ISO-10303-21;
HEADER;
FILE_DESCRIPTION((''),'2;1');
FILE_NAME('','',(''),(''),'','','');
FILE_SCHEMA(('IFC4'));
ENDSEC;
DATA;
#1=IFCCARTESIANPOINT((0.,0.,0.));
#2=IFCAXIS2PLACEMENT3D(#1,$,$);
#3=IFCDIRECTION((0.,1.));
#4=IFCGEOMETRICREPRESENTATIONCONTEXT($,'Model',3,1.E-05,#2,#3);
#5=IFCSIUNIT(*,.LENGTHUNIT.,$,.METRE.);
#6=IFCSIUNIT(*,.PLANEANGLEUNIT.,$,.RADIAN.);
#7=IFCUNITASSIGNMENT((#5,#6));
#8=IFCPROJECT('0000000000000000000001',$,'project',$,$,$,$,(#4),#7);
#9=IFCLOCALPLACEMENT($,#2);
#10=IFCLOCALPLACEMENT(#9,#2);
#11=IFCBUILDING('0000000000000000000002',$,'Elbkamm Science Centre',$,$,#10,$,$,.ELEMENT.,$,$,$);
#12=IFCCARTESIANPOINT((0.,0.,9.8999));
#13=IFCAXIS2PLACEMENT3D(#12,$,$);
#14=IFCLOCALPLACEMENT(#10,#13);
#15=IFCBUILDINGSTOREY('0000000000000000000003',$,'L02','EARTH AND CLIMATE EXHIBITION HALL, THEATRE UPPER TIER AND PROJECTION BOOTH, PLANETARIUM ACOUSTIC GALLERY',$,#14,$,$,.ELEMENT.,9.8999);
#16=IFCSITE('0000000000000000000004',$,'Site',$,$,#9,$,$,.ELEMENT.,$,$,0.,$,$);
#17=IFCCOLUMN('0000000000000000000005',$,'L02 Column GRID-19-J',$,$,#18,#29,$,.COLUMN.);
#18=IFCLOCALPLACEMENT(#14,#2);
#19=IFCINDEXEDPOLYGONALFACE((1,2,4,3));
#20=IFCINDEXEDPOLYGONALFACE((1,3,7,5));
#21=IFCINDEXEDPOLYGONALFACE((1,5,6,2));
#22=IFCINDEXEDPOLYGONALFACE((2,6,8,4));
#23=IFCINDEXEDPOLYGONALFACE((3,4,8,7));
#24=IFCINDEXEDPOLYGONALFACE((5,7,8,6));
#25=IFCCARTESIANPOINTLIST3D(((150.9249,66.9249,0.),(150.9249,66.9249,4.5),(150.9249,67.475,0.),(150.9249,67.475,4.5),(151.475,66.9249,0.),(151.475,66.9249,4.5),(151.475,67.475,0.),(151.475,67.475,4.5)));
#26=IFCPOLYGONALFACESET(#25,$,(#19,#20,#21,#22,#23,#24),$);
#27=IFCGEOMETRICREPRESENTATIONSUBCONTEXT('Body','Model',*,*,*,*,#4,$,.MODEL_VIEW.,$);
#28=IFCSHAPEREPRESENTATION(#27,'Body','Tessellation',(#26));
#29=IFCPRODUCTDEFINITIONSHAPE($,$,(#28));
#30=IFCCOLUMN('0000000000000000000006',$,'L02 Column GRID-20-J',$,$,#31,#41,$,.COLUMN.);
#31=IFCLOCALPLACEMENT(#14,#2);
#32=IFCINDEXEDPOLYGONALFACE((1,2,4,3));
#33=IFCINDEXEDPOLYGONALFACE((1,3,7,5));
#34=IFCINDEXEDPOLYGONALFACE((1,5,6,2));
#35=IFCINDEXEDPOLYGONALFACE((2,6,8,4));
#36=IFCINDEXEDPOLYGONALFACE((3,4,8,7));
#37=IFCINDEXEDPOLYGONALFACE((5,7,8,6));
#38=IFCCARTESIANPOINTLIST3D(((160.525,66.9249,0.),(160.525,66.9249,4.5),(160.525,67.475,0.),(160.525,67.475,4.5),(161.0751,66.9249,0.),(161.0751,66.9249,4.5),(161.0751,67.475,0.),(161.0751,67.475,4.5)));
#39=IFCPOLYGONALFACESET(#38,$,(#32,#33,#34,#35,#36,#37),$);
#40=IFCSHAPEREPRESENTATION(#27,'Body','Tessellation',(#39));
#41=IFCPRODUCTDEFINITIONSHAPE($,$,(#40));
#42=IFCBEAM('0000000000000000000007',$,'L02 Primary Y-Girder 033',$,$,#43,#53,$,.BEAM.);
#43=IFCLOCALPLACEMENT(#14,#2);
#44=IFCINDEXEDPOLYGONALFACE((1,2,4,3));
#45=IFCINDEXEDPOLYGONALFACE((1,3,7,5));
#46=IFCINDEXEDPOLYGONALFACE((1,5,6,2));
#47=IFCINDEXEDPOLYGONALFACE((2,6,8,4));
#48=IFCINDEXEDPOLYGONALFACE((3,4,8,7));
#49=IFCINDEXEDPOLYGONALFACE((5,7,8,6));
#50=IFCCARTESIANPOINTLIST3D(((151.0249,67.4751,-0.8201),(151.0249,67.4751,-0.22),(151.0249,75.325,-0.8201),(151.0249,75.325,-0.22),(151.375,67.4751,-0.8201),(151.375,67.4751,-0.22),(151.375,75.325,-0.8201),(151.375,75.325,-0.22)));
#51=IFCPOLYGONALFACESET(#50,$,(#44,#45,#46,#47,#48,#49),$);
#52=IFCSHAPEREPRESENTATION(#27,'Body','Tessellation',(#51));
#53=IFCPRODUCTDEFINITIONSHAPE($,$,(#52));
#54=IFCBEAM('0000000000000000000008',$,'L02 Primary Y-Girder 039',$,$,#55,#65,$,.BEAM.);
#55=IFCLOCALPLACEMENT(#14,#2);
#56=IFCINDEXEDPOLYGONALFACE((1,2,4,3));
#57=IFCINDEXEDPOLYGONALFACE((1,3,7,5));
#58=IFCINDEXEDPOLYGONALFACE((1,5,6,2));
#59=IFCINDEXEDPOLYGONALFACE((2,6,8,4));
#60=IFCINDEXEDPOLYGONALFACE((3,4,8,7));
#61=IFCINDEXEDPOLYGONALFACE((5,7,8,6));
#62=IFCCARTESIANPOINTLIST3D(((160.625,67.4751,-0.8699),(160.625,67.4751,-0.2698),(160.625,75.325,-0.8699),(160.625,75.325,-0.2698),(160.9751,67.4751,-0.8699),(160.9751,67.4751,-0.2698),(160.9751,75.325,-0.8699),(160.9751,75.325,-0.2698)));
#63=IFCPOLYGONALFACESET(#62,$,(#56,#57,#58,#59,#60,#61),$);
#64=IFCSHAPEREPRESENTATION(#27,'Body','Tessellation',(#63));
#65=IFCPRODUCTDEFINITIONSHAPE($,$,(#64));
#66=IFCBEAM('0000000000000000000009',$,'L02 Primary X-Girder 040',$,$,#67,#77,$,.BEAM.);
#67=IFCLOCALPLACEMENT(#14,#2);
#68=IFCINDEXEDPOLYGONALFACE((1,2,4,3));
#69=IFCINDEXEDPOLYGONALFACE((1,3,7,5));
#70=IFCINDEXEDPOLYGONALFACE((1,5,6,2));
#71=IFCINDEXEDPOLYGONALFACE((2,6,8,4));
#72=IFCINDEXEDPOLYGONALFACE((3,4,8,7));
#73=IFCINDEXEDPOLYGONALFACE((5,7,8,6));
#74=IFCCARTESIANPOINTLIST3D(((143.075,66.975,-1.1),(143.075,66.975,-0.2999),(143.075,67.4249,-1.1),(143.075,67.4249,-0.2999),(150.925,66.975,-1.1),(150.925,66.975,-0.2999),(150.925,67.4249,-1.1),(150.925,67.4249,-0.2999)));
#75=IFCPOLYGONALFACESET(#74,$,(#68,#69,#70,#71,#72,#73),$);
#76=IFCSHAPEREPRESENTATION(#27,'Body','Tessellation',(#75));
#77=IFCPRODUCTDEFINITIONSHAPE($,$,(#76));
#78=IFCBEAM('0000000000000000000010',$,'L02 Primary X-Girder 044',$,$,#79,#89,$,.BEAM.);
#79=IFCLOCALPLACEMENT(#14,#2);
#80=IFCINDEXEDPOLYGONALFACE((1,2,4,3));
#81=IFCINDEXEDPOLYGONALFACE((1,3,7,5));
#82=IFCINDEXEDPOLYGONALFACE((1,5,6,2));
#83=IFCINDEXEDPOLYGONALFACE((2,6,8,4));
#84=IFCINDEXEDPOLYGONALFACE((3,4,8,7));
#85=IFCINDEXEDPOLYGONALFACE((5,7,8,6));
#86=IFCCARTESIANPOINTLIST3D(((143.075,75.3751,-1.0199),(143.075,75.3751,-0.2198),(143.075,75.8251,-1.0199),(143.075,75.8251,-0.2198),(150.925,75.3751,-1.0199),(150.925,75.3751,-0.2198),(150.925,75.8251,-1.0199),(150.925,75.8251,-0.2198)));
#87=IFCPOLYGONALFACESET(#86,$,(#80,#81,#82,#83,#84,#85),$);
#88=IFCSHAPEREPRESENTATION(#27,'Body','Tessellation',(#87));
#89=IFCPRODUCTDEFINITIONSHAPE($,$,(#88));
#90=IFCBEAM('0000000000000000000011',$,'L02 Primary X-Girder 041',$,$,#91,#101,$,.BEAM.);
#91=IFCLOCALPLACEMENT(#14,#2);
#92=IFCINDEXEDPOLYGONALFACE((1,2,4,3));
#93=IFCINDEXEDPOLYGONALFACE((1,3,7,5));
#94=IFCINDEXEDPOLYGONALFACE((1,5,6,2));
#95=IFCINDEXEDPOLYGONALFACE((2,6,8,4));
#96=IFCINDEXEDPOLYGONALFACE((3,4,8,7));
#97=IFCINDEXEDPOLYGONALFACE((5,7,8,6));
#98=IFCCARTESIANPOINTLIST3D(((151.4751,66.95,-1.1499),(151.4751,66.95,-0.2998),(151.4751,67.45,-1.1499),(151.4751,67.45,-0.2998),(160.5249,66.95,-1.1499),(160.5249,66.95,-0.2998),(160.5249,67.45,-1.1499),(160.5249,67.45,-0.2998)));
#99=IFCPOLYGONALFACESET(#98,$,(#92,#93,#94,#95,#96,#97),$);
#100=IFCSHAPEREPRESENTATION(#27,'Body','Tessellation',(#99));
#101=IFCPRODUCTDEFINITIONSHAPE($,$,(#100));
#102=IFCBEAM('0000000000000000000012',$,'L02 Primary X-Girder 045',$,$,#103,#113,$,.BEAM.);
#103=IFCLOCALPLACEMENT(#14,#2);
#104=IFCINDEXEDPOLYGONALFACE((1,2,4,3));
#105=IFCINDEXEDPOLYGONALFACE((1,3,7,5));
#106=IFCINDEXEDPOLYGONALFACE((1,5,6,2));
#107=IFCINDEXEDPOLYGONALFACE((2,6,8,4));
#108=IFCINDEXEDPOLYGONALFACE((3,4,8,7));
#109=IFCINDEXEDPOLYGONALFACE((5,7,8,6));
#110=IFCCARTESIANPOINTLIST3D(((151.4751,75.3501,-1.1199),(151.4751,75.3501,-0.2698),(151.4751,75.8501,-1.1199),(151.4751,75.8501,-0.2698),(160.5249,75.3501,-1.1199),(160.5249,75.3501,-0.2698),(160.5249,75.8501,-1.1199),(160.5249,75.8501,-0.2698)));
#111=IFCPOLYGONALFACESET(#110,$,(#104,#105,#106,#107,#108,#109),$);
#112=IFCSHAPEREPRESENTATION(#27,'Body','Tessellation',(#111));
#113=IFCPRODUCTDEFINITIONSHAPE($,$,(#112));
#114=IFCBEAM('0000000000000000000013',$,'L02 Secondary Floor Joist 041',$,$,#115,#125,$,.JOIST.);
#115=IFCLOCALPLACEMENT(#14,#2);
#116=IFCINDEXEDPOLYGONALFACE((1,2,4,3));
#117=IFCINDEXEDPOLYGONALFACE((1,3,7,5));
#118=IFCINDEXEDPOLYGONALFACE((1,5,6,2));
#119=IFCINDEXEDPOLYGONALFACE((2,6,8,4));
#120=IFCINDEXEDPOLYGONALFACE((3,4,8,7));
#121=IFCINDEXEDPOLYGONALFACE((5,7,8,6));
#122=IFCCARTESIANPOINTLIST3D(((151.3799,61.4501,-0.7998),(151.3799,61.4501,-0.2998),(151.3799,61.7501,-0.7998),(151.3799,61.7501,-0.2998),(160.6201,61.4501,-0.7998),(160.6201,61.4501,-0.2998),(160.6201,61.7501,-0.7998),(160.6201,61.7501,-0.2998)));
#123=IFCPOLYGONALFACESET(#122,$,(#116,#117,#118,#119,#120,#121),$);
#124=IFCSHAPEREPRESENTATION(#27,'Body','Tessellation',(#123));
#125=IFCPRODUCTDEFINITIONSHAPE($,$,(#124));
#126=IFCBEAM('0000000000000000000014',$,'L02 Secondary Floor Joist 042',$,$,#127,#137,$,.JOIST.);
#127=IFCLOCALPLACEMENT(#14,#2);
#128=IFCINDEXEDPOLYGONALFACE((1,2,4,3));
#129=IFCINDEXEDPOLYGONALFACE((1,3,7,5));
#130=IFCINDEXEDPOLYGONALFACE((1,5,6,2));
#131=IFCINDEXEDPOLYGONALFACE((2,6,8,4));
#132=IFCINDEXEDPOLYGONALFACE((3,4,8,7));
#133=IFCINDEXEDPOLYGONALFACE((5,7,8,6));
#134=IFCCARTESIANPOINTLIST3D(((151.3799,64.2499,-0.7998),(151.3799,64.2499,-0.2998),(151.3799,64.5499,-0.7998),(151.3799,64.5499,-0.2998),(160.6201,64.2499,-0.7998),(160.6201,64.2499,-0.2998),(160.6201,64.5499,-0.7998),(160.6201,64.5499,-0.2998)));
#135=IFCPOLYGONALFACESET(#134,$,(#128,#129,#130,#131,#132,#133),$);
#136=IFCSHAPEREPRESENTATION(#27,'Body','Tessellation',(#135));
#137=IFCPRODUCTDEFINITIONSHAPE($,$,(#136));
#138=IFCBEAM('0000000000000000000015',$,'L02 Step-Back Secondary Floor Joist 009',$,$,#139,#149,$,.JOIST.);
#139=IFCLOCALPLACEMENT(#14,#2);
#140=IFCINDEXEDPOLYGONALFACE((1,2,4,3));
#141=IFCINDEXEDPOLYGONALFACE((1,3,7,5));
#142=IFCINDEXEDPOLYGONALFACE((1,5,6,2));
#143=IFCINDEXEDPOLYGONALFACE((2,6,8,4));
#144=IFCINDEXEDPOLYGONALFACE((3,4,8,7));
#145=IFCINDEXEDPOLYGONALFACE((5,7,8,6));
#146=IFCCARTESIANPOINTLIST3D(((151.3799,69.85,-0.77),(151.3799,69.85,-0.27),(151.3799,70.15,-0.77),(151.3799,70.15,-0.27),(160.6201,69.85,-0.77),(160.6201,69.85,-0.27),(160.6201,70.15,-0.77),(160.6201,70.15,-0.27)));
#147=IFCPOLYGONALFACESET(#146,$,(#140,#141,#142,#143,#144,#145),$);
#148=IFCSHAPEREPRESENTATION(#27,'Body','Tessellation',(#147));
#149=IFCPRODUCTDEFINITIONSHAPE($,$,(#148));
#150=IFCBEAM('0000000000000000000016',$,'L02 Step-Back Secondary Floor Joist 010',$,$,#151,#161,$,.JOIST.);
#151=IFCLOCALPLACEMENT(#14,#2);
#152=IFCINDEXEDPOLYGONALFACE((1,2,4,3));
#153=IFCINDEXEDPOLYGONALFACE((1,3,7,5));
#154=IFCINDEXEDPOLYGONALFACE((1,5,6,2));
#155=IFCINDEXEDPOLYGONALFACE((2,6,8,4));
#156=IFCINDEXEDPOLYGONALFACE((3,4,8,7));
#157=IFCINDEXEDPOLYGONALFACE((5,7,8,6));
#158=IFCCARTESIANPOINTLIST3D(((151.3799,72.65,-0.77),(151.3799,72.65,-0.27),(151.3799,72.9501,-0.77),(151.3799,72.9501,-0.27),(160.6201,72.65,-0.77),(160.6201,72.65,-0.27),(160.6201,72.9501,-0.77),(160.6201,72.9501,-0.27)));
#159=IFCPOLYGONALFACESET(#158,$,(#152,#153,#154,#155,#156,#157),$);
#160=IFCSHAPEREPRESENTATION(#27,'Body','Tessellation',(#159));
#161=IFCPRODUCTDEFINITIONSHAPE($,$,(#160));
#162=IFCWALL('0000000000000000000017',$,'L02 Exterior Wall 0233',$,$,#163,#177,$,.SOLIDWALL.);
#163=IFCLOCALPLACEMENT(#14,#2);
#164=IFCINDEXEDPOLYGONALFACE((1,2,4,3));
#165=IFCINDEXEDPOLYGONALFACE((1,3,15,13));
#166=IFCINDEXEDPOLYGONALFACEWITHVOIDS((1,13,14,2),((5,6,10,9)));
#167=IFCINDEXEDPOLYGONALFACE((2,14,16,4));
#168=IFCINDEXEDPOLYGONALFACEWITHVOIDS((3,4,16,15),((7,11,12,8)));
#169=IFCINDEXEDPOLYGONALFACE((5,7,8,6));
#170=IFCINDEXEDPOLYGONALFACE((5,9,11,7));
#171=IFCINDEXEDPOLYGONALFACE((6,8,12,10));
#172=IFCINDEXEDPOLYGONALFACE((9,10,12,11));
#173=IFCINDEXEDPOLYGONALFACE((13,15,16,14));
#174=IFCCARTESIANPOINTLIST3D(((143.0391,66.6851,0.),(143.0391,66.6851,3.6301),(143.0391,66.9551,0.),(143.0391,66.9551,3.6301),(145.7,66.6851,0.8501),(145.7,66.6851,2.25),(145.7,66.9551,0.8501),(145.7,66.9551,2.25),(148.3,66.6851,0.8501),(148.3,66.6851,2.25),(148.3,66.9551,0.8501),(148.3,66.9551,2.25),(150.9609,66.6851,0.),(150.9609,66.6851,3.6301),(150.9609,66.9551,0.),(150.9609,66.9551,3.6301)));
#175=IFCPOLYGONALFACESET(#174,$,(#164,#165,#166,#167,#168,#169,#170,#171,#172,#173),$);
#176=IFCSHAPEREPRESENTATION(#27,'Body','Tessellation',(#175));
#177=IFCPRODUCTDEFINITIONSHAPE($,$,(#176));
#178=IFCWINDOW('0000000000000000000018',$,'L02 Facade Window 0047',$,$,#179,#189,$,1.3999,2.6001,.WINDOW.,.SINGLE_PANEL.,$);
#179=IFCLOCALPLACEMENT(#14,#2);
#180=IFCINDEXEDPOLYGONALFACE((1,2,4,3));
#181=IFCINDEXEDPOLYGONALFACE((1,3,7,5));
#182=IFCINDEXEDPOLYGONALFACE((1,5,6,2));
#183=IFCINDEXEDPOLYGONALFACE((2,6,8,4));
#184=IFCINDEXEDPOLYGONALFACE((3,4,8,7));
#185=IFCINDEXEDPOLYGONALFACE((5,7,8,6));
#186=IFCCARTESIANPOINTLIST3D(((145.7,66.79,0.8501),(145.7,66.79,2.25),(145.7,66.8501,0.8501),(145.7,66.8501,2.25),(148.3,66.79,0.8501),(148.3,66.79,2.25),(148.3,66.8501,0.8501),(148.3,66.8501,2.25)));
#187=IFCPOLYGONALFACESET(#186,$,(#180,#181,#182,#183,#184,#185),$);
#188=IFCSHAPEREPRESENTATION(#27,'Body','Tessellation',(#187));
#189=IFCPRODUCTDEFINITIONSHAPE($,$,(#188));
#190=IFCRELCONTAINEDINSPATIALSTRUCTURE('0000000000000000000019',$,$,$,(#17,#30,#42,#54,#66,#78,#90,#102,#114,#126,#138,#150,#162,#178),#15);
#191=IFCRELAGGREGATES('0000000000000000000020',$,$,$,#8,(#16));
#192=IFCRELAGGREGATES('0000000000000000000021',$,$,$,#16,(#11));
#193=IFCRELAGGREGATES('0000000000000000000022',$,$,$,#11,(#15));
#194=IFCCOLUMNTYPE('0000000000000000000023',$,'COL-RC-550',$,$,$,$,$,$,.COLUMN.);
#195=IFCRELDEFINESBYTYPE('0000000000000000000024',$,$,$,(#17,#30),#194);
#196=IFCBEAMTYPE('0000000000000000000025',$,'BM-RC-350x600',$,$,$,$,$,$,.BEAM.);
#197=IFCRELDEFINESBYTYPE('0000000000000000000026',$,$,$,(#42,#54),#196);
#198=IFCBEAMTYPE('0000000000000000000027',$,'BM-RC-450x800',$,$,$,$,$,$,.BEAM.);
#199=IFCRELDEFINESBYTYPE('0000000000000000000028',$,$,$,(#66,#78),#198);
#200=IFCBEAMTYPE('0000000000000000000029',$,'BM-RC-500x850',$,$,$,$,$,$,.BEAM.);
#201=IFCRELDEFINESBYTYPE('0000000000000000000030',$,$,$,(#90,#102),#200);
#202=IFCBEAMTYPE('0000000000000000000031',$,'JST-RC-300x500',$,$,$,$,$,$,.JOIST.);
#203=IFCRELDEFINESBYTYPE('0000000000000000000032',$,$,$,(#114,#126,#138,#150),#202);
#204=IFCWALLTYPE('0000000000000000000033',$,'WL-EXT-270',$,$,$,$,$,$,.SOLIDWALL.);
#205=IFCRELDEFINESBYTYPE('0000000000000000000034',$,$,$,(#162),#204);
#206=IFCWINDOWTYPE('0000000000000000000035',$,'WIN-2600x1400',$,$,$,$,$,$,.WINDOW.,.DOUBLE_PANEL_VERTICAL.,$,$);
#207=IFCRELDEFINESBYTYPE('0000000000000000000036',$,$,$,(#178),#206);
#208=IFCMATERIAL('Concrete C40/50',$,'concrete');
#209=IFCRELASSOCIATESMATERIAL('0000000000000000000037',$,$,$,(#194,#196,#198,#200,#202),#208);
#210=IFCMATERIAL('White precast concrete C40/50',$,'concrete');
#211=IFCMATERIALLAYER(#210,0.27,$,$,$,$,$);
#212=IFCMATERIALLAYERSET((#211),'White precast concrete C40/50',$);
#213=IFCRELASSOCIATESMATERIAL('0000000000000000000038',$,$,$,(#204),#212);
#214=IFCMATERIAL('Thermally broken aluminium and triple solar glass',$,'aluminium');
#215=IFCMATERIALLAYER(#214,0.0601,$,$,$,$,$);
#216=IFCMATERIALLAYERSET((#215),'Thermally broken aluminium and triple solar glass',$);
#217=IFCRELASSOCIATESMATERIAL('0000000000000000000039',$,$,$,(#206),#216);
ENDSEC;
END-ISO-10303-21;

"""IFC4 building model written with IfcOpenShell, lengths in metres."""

from ifc_helpers import new_model, si_unit, direction, frame, frame_2d, origin, origin_2d, place, context, subcontext, project, spatial, rectangle, extrude, material, layer, layer_set, material_profile, profile_set, type_object, element, fill, save


model = new_model("IFC4")

# Units and contexts
model_context = context("Model", 3, precision=1e-05, world=origin(), true_north=direction((0.0, 1.0)))
body_context = subcontext(model_context, "Body", "Model", "MODEL_VIEW")
ifc_project = project(units=[si_unit("LENGTHUNIT", "METRE"), si_unit("PLANEANGLEUNIT", "RADIAN")], contexts=[model_context])

# Site, building, storey
site_placement = place(None, origin())
site = spatial("IfcSite", under=ifc_project, at=site_placement, Name="Site", CompositionType="ELEMENT", RefElevation=0.0)
building_placement = place(site_placement, origin())
building = spatial("IfcBuilding", under=site, at=building_placement, Name="Elbkamm Science Centre", CompositionType="ELEMENT")
storey_placement = place(building_placement, frame((0.0, 0.0, 9.8999)))
storey = spatial("IfcBuildingStorey", under=building, at=storey_placement, Name="L02", Description="EARTH AND CLIMATE EXHIBITION HALL, THEATRE UPPER TIER AND PROJECTION BOOTH, PLANETARIUM ACOUSTIC GALLERY", CompositionType="ELEMENT", Elevation=9.8999)

# Columns
ifc_material_1 = material(Name="Concrete C40/50", Category="concrete")
ifc_material_profile_1 = material_profile(ifc_material_1, rectangle(XDim=0.55, YDim=0.55, at=origin_2d()), Name="RC 550x550")
ifc_profile_set_1 = profile_set([ifc_material_profile_1], Name="Concrete C40/50")
column_type = type_object("IfcColumnType", Name="COL-RC-550", PredefinedType="COLUMN", material=ifc_profile_set_1)
for number, where, z_axis, x_axis, name in (
    (1, (151.2, 67.2, 0.0), (0.0, 0.0, 1.0), (1.0, 0.0, 0.0), "L02 Column GRID-19-J"),
    (2, (160.8, 67.2, 0.0), (0.0, 0.0, 1.0), (1.0, 0.0, 0.0), "L02 Column GRID-20-J"),
):
    element("IfcColumn", number, at=place(storey_placement, frame(where, z_axis=z_axis, x_axis=x_axis)), inside=storey, type_object=column_type, Name=name, PredefinedType="COLUMN", context=body_context, shape_type="SweptSolid", body=[
        extrude(rectangle(XDim=0.55, YDim=0.55, at=origin_2d()), origin(), (0.0, 0.0, 1.0), 4.5),
    ])

# Beams
ifc_material_profile_2 = material_profile(ifc_material_1, rectangle(XDim=0.3501, YDim=0.6001, at=origin_2d()), Name="RC 350x600")
ifc_profile_set_2 = profile_set([ifc_material_profile_2], Name="Concrete C40/50")
beam_type_1 = type_object("IfcBeamType", Name="BM-RC-350x600", PredefinedType="BEAM", material=ifc_profile_set_2)
for number, where, z_axis, x_axis, name in (
    (3, (151.2, 67.4751, -0.52), (0.0, 1.0, 0.0), (-1.0, 0.0, 0.0), "L02 Primary Y-Girder 033"),
    (4, (160.8, 67.4751, -0.5698), (0.0, 1.0, 0.0), (-1.0, 0.0, 0.0), "L02 Primary Y-Girder 039"),
):
    element("IfcBeam", number, at=place(storey_placement, frame(where, z_axis=z_axis, x_axis=x_axis)), inside=storey, type_object=beam_type_1, Name=name, PredefinedType="BEAM", context=body_context, shape_type="SweptSolid", body=[
        extrude(rectangle(XDim=0.3501, YDim=0.6001, at=origin_2d()), origin(), (0.0, 0.0, 1.0), 7.8499),
    ])
ifc_material_profile_3 = material_profile(ifc_material_1, rectangle(XDim=0.45, YDim=0.8, at=origin_2d()), Name="RC 450x800")
ifc_profile_set_3 = profile_set([ifc_material_profile_3], Name="Concrete C40/50")
beam_type_2 = type_object("IfcBeamType", Name="BM-RC-450x800", PredefinedType="BEAM", material=ifc_profile_set_3)
for number, where, z_axis, x_axis, name in (
    (5, (143.075, 67.2, -0.7), (1.0, 0.0, 0.0), (0.0, 1.0, 0.0), "L02 Primary X-Girder 040"),
    (6, (143.075, 75.6001, -0.6199), (1.0, 0.0, 0.0), (0.0, 1.0, 0.0), "L02 Primary X-Girder 044"),
):
    element("IfcBeam", number, at=place(storey_placement, frame(where, z_axis=z_axis, x_axis=x_axis)), inside=storey, type_object=beam_type_2, Name=name, PredefinedType="BEAM", context=body_context, shape_type="SweptSolid", body=[
        extrude(rectangle(XDim=0.45, YDim=0.8, at=origin_2d()), origin(), (0.0, 0.0, 1.0), 7.8501),
    ])
ifc_material_profile_4 = material_profile(ifc_material_1, rectangle(XDim=0.5, YDim=0.8501, at=origin_2d()), Name="RC 500x850")
ifc_profile_set_4 = profile_set([ifc_material_profile_4], Name="Concrete C40/50")
beam_type_3 = type_object("IfcBeamType", Name="BM-RC-500x850", PredefinedType="BEAM", material=ifc_profile_set_4)
for number, where, z_axis, x_axis, name in (
    (7, (151.4751, 67.2, -0.7249), (1.0, 0.0, 0.0), (0.0, 1.0, 0.0), "L02 Primary X-Girder 041"),
    (8, (151.4751, 75.6001, -0.6948), (1.0, 0.0, 0.0), (0.0, 1.0, 0.0), "L02 Primary X-Girder 045"),
):
    element("IfcBeam", number, at=place(storey_placement, frame(where, z_axis=z_axis, x_axis=x_axis)), inside=storey, type_object=beam_type_3, Name=name, PredefinedType="BEAM", context=body_context, shape_type="SweptSolid", body=[
        extrude(rectangle(XDim=0.5, YDim=0.8501, at=origin_2d()), origin(), (0.0, 0.0, 1.0), 9.0498),
    ])
ifc_material_profile_5 = material_profile(ifc_material_1, rectangle(XDim=0.3, YDim=0.5, at=origin_2d()), Name="RC 300x500")
ifc_profile_set_5 = profile_set([ifc_material_profile_5], Name="Concrete C40/50")
beam_type_4 = type_object("IfcBeamType", Name="JST-RC-300x500", PredefinedType="JOIST", material=ifc_profile_set_5)
for number, where, z_axis, x_axis, name in (
    (9, (151.3799, 61.6001, -0.5498), (1.0, 0.0, 0.0), (0.0, 1.0, 0.0), "L02 Secondary Floor Joist 041"),
    (10, (151.3799, 64.3999, -0.5498), (1.0, 0.0, 0.0), (0.0, 1.0, 0.0), "L02 Secondary Floor Joist 042"),
    (11, (151.3799, 70.0, -0.52), (1.0, 0.0, 0.0), (0.0, 1.0, 0.0), "L02 Step-Back Secondary Floor Joist 009"),
    (12, (151.3799, 72.8, -0.52), (1.0, 0.0, 0.0), (0.0, 1.0, 0.0), "L02 Step-Back Secondary Floor Joist 010"),
):
    element("IfcBeam", number, at=place(storey_placement, frame(where, z_axis=z_axis, x_axis=x_axis)), inside=storey, type_object=beam_type_4, Name=name, PredefinedType="JOIST", context=body_context, shape_type="SweptSolid", body=[
        extrude(rectangle(XDim=0.3, YDim=0.5, at=origin_2d()), origin(), (0.0, 0.0, 1.0), 9.2402),
    ])

# Wall, opening, window
ifc_material_2 = material(Name="White precast concrete C40/50", Category="concrete")
ifc_layer_1 = layer(ifc_material_2, 0.27)
ifc_layer_set_1 = layer_set([ifc_layer_1], Name="White precast concrete C40/50")
wall_type_1 = type_object("IfcWallType", Name="WL-EXT-270", PredefinedType="SOLIDWALL", material=ifc_layer_set_1)
wall_1_placement = place(storey_placement, frame((143.0391, 66.8201, 0.0), z_axis=(0.0, 0.0, 1.0), x_axis=(1.0, 0.0, 0.0)))
wall_1 = element("IfcWall", 13, at=wall_1_placement, inside=storey, type_object=wall_type_1, Name="L02 Exterior Wall 0233", PredefinedType="SOLIDWALL", context=body_context, shape_type="SweptSolid", body=[
    extrude(rectangle(XDim=7.9219, YDim=0.27, at=frame_2d((3.9609, 0.0))), origin(), (0.0, 0.0, 1.0), 3.6301),
])
opening_1_placement = place(wall_1_placement, frame((2.6609, 0.0, 0.8501)))
opening_1 = element("IfcOpeningElement", 14, at=opening_1_placement, cuts=wall_1, PredefinedType="OPENING", context=body_context, shape_type="SweptSolid", body=[
    extrude(rectangle(XDim=2.6001, YDim=1.3999, at=frame_2d((1.3, 0.7))), frame((0.0, 0.147, 0.0), z_axis=(0.0, -1.0, 0.0), x_axis=(1.0, 0.0, 0.0)), (0.0, 0.0, 1.0), 0.2939),
])
ifc_material_3 = material(Name="Thermally broken aluminium and triple solar glass", Category="aluminium")
ifc_layer_2 = layer(ifc_material_3, 0.0601)
ifc_layer_set_2 = layer_set([ifc_layer_2], Name="Thermally broken aluminium and triple solar glass")
window_type_1 = type_object("IfcWindowType", Name="WIN-2600x1400", PartitioningType="DOUBLE_PANEL_VERTICAL", PredefinedType="WINDOW", material=ifc_layer_set_2)
window_1_placement = place(opening_1_placement, origin())
window_1 = element("IfcWindow", 15, at=window_1_placement, inside=storey, type_object=window_type_1, Name="L02 Facade Window 0047", OverallHeight=1.3999, OverallWidth=2.6001, PartitioningType="SINGLE_PANEL", PredefinedType="WINDOW", context=body_context, shape_type="SweptSolid", body=[
    extrude(rectangle(XDim=2.6001, YDim=1.3999, at=frame_2d((1.3, 0.7))), frame((0.0, 0.03, 0.0), z_axis=(0.0, -1.0, 0.0), x_axis=(1.0, 0.0, 0.0)), (0.0, 0.0, 1.0), 0.0601),
])
fill(opening_1, window_1)

save(model, "model.ifc")
